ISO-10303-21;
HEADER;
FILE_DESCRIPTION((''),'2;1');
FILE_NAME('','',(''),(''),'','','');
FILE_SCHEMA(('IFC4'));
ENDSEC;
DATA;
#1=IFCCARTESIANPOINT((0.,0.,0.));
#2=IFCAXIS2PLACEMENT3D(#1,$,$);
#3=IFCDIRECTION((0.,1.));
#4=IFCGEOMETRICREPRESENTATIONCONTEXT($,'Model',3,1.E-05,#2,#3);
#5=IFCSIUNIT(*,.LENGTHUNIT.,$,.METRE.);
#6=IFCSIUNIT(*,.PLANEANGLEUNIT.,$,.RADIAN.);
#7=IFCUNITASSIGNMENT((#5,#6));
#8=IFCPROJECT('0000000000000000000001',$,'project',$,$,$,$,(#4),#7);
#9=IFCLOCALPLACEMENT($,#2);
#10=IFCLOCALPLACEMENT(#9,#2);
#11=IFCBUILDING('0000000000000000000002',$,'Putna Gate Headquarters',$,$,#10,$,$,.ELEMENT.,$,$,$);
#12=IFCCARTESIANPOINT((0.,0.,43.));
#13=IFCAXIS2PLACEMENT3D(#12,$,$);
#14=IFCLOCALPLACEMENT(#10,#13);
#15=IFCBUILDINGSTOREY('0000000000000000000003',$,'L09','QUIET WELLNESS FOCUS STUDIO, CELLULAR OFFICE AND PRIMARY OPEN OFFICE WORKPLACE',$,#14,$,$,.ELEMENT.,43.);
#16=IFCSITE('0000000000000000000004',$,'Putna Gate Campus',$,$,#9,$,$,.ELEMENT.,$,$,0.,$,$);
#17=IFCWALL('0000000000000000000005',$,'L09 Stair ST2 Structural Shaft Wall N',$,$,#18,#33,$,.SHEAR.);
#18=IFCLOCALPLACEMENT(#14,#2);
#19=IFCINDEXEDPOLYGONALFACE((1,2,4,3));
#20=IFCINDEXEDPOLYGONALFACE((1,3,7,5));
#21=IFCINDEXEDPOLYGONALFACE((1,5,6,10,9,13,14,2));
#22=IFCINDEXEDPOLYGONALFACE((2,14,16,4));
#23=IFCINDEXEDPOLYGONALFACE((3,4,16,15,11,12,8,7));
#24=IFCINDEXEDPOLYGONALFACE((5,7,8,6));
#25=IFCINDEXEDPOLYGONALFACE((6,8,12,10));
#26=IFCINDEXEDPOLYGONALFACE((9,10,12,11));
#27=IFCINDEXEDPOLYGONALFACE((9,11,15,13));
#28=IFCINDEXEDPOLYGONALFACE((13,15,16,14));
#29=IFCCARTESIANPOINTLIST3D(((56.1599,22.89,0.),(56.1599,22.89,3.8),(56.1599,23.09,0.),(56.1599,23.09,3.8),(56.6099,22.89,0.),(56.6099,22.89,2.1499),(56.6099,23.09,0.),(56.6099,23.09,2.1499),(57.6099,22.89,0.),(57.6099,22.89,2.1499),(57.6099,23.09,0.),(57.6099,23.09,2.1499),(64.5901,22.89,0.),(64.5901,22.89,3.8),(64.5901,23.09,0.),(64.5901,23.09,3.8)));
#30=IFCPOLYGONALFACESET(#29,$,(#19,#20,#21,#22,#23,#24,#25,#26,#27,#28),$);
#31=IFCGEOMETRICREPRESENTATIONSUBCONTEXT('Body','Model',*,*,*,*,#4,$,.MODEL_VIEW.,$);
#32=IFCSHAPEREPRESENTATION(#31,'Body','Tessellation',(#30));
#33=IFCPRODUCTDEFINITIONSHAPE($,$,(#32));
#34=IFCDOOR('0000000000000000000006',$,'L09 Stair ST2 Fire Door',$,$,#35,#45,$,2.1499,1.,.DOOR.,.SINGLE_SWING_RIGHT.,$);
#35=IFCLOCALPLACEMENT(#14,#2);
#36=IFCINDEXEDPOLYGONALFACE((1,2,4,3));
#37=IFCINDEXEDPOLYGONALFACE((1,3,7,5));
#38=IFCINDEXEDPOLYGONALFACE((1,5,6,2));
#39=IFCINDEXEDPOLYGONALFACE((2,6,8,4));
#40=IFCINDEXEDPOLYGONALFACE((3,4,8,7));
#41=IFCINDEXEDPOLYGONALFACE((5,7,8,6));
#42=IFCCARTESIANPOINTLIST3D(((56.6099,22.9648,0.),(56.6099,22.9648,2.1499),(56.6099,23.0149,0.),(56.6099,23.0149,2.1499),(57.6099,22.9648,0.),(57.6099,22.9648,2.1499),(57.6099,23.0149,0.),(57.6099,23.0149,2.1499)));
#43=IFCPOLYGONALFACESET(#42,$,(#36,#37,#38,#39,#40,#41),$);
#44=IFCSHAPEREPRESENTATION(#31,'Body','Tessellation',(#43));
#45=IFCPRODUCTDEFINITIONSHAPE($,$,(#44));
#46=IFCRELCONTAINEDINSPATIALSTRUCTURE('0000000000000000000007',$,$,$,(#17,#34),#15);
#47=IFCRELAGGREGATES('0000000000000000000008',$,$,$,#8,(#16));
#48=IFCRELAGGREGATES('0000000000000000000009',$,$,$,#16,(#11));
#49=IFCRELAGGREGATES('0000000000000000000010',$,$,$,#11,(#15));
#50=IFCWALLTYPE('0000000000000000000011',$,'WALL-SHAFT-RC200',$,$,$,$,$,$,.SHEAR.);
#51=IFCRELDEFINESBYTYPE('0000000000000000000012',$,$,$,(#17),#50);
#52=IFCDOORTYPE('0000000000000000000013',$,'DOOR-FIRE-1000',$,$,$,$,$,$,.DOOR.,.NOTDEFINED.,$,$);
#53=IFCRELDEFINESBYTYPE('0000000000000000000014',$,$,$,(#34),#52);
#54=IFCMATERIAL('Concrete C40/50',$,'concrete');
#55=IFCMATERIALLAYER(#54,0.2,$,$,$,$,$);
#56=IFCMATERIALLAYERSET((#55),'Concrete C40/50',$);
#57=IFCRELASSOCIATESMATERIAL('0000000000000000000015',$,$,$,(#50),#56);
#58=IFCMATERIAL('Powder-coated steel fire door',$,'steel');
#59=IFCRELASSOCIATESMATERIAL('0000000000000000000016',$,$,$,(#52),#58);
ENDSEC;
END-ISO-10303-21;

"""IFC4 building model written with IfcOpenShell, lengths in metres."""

from ifc_helpers import new_model, si_unit, direction, frame, frame_2d, origin, place, context, subcontext, project, spatial, rectangle, extrude, material, layer, layer_set, type_object, element, fill, save


model = new_model("IFC4")

# Units and contexts
model_context = context("Model", 3, precision=1e-05, world=origin(), true_north=direction((0.0, 1.0)))
body_context = subcontext(model_context, "Body", "Model", "MODEL_VIEW")
ifc_project = project(units=[si_unit("LENGTHUNIT", "METRE"), si_unit("PLANEANGLEUNIT", "RADIAN")], contexts=[model_context])

# Site, building, storey
site_placement = place(None, origin())
site = spatial("IfcSite", under=ifc_project, at=site_placement, Name="Putna Gate Campus", CompositionType="ELEMENT", RefElevation=0.0)
building_placement = place(site_placement, origin())
building = spatial("IfcBuilding", under=site, at=building_placement, Name="Putna Gate Headquarters", CompositionType="ELEMENT")
storey_placement = place(building_placement, frame((0.0, 0.0, 43.0)))
storey = spatial("IfcBuildingStorey", under=building, at=storey_placement, Name="L09", Description="QUIET WELLNESS FOCUS STUDIO, CELLULAR OFFICE AND PRIMARY OPEN OFFICE WORKPLACE", CompositionType="ELEMENT", Elevation=43.0)

# Shared definitions
ifc_material_1 = material(Name="Concrete C40/50", Category="concrete")

# Wall, opening, door
ifc_layer_1 = layer(ifc_material_1, 0.2)
ifc_layer_set_1 = layer_set([ifc_layer_1], Name="Concrete C40/50")
wall_type_1 = type_object("IfcWallType", Name="WALL-SHAFT-RC200", PredefinedType="SHEAR", material=ifc_layer_set_1)
wall_1_placement = place(storey_placement, frame((56.1599, 22.99, 0.0), z_axis=(0.0, 0.0, 1.0), x_axis=(1.0, 0.0, 0.0)))
wall_1 = element("IfcWall", 1, at=wall_1_placement, inside=storey, type_object=wall_type_1, Name="L09 Stair ST2 Structural Shaft Wall N", PredefinedType="SHEAR", context=body_context, shape_type="SweptSolid", body=[
    extrude(rectangle(XDim=8.4302, YDim=0.2, at=frame_2d((4.2151, 0.0))), origin(), (0.0, 0.0, 1.0), 3.8),
])
opening_1_placement = place(wall_1_placement, frame((0.45, 0.0, 0.0)))
opening_1 = element("IfcOpeningElement", 2, at=opening_1_placement, cuts=wall_1, PredefinedType="OPENING", context=body_context, shape_type="SweptSolid", body=[
    extrude(rectangle(XDim=1.0, YDim=2.1499, at=frame_2d((0.5, 1.075))), frame((0.0, 0.1099, 0.0), z_axis=(0.0, -1.0, 0.0), x_axis=(1.0, 0.0, 0.0)), (0.0, 0.0, 1.0), 0.22),
])
ifc_material_2 = material(Name="Powder-coated steel fire door", Category="steel")
door_type_1 = type_object("IfcDoorType", Name="DOOR-FIRE-1000", OperationType="NOTDEFINED", PredefinedType="DOOR", material=ifc_material_2)
door_1_placement = place(opening_1_placement, origin())
door_1 = element("IfcDoor", 3, at=door_1_placement, inside=storey, type_object=door_type_1, Name="L09 Stair ST2 Fire Door", OperationType="SINGLE_SWING_RIGHT", OverallHeight=2.1499, OverallWidth=1.0, PredefinedType="DOOR", context=body_context, shape_type="SweptSolid", body=[
    extrude(rectangle(XDim=1.0, YDim=2.1499, at=frame_2d((0.5, 1.075))), frame((0.0, 0.0249, 0.0), z_axis=(0.0, -1.0, 0.0), x_axis=(1.0, 0.0, 0.0)), (0.0, 0.0, 1.0), 0.05),
])
fill(opening_1, door_1)

save(model, "model.ifc")
